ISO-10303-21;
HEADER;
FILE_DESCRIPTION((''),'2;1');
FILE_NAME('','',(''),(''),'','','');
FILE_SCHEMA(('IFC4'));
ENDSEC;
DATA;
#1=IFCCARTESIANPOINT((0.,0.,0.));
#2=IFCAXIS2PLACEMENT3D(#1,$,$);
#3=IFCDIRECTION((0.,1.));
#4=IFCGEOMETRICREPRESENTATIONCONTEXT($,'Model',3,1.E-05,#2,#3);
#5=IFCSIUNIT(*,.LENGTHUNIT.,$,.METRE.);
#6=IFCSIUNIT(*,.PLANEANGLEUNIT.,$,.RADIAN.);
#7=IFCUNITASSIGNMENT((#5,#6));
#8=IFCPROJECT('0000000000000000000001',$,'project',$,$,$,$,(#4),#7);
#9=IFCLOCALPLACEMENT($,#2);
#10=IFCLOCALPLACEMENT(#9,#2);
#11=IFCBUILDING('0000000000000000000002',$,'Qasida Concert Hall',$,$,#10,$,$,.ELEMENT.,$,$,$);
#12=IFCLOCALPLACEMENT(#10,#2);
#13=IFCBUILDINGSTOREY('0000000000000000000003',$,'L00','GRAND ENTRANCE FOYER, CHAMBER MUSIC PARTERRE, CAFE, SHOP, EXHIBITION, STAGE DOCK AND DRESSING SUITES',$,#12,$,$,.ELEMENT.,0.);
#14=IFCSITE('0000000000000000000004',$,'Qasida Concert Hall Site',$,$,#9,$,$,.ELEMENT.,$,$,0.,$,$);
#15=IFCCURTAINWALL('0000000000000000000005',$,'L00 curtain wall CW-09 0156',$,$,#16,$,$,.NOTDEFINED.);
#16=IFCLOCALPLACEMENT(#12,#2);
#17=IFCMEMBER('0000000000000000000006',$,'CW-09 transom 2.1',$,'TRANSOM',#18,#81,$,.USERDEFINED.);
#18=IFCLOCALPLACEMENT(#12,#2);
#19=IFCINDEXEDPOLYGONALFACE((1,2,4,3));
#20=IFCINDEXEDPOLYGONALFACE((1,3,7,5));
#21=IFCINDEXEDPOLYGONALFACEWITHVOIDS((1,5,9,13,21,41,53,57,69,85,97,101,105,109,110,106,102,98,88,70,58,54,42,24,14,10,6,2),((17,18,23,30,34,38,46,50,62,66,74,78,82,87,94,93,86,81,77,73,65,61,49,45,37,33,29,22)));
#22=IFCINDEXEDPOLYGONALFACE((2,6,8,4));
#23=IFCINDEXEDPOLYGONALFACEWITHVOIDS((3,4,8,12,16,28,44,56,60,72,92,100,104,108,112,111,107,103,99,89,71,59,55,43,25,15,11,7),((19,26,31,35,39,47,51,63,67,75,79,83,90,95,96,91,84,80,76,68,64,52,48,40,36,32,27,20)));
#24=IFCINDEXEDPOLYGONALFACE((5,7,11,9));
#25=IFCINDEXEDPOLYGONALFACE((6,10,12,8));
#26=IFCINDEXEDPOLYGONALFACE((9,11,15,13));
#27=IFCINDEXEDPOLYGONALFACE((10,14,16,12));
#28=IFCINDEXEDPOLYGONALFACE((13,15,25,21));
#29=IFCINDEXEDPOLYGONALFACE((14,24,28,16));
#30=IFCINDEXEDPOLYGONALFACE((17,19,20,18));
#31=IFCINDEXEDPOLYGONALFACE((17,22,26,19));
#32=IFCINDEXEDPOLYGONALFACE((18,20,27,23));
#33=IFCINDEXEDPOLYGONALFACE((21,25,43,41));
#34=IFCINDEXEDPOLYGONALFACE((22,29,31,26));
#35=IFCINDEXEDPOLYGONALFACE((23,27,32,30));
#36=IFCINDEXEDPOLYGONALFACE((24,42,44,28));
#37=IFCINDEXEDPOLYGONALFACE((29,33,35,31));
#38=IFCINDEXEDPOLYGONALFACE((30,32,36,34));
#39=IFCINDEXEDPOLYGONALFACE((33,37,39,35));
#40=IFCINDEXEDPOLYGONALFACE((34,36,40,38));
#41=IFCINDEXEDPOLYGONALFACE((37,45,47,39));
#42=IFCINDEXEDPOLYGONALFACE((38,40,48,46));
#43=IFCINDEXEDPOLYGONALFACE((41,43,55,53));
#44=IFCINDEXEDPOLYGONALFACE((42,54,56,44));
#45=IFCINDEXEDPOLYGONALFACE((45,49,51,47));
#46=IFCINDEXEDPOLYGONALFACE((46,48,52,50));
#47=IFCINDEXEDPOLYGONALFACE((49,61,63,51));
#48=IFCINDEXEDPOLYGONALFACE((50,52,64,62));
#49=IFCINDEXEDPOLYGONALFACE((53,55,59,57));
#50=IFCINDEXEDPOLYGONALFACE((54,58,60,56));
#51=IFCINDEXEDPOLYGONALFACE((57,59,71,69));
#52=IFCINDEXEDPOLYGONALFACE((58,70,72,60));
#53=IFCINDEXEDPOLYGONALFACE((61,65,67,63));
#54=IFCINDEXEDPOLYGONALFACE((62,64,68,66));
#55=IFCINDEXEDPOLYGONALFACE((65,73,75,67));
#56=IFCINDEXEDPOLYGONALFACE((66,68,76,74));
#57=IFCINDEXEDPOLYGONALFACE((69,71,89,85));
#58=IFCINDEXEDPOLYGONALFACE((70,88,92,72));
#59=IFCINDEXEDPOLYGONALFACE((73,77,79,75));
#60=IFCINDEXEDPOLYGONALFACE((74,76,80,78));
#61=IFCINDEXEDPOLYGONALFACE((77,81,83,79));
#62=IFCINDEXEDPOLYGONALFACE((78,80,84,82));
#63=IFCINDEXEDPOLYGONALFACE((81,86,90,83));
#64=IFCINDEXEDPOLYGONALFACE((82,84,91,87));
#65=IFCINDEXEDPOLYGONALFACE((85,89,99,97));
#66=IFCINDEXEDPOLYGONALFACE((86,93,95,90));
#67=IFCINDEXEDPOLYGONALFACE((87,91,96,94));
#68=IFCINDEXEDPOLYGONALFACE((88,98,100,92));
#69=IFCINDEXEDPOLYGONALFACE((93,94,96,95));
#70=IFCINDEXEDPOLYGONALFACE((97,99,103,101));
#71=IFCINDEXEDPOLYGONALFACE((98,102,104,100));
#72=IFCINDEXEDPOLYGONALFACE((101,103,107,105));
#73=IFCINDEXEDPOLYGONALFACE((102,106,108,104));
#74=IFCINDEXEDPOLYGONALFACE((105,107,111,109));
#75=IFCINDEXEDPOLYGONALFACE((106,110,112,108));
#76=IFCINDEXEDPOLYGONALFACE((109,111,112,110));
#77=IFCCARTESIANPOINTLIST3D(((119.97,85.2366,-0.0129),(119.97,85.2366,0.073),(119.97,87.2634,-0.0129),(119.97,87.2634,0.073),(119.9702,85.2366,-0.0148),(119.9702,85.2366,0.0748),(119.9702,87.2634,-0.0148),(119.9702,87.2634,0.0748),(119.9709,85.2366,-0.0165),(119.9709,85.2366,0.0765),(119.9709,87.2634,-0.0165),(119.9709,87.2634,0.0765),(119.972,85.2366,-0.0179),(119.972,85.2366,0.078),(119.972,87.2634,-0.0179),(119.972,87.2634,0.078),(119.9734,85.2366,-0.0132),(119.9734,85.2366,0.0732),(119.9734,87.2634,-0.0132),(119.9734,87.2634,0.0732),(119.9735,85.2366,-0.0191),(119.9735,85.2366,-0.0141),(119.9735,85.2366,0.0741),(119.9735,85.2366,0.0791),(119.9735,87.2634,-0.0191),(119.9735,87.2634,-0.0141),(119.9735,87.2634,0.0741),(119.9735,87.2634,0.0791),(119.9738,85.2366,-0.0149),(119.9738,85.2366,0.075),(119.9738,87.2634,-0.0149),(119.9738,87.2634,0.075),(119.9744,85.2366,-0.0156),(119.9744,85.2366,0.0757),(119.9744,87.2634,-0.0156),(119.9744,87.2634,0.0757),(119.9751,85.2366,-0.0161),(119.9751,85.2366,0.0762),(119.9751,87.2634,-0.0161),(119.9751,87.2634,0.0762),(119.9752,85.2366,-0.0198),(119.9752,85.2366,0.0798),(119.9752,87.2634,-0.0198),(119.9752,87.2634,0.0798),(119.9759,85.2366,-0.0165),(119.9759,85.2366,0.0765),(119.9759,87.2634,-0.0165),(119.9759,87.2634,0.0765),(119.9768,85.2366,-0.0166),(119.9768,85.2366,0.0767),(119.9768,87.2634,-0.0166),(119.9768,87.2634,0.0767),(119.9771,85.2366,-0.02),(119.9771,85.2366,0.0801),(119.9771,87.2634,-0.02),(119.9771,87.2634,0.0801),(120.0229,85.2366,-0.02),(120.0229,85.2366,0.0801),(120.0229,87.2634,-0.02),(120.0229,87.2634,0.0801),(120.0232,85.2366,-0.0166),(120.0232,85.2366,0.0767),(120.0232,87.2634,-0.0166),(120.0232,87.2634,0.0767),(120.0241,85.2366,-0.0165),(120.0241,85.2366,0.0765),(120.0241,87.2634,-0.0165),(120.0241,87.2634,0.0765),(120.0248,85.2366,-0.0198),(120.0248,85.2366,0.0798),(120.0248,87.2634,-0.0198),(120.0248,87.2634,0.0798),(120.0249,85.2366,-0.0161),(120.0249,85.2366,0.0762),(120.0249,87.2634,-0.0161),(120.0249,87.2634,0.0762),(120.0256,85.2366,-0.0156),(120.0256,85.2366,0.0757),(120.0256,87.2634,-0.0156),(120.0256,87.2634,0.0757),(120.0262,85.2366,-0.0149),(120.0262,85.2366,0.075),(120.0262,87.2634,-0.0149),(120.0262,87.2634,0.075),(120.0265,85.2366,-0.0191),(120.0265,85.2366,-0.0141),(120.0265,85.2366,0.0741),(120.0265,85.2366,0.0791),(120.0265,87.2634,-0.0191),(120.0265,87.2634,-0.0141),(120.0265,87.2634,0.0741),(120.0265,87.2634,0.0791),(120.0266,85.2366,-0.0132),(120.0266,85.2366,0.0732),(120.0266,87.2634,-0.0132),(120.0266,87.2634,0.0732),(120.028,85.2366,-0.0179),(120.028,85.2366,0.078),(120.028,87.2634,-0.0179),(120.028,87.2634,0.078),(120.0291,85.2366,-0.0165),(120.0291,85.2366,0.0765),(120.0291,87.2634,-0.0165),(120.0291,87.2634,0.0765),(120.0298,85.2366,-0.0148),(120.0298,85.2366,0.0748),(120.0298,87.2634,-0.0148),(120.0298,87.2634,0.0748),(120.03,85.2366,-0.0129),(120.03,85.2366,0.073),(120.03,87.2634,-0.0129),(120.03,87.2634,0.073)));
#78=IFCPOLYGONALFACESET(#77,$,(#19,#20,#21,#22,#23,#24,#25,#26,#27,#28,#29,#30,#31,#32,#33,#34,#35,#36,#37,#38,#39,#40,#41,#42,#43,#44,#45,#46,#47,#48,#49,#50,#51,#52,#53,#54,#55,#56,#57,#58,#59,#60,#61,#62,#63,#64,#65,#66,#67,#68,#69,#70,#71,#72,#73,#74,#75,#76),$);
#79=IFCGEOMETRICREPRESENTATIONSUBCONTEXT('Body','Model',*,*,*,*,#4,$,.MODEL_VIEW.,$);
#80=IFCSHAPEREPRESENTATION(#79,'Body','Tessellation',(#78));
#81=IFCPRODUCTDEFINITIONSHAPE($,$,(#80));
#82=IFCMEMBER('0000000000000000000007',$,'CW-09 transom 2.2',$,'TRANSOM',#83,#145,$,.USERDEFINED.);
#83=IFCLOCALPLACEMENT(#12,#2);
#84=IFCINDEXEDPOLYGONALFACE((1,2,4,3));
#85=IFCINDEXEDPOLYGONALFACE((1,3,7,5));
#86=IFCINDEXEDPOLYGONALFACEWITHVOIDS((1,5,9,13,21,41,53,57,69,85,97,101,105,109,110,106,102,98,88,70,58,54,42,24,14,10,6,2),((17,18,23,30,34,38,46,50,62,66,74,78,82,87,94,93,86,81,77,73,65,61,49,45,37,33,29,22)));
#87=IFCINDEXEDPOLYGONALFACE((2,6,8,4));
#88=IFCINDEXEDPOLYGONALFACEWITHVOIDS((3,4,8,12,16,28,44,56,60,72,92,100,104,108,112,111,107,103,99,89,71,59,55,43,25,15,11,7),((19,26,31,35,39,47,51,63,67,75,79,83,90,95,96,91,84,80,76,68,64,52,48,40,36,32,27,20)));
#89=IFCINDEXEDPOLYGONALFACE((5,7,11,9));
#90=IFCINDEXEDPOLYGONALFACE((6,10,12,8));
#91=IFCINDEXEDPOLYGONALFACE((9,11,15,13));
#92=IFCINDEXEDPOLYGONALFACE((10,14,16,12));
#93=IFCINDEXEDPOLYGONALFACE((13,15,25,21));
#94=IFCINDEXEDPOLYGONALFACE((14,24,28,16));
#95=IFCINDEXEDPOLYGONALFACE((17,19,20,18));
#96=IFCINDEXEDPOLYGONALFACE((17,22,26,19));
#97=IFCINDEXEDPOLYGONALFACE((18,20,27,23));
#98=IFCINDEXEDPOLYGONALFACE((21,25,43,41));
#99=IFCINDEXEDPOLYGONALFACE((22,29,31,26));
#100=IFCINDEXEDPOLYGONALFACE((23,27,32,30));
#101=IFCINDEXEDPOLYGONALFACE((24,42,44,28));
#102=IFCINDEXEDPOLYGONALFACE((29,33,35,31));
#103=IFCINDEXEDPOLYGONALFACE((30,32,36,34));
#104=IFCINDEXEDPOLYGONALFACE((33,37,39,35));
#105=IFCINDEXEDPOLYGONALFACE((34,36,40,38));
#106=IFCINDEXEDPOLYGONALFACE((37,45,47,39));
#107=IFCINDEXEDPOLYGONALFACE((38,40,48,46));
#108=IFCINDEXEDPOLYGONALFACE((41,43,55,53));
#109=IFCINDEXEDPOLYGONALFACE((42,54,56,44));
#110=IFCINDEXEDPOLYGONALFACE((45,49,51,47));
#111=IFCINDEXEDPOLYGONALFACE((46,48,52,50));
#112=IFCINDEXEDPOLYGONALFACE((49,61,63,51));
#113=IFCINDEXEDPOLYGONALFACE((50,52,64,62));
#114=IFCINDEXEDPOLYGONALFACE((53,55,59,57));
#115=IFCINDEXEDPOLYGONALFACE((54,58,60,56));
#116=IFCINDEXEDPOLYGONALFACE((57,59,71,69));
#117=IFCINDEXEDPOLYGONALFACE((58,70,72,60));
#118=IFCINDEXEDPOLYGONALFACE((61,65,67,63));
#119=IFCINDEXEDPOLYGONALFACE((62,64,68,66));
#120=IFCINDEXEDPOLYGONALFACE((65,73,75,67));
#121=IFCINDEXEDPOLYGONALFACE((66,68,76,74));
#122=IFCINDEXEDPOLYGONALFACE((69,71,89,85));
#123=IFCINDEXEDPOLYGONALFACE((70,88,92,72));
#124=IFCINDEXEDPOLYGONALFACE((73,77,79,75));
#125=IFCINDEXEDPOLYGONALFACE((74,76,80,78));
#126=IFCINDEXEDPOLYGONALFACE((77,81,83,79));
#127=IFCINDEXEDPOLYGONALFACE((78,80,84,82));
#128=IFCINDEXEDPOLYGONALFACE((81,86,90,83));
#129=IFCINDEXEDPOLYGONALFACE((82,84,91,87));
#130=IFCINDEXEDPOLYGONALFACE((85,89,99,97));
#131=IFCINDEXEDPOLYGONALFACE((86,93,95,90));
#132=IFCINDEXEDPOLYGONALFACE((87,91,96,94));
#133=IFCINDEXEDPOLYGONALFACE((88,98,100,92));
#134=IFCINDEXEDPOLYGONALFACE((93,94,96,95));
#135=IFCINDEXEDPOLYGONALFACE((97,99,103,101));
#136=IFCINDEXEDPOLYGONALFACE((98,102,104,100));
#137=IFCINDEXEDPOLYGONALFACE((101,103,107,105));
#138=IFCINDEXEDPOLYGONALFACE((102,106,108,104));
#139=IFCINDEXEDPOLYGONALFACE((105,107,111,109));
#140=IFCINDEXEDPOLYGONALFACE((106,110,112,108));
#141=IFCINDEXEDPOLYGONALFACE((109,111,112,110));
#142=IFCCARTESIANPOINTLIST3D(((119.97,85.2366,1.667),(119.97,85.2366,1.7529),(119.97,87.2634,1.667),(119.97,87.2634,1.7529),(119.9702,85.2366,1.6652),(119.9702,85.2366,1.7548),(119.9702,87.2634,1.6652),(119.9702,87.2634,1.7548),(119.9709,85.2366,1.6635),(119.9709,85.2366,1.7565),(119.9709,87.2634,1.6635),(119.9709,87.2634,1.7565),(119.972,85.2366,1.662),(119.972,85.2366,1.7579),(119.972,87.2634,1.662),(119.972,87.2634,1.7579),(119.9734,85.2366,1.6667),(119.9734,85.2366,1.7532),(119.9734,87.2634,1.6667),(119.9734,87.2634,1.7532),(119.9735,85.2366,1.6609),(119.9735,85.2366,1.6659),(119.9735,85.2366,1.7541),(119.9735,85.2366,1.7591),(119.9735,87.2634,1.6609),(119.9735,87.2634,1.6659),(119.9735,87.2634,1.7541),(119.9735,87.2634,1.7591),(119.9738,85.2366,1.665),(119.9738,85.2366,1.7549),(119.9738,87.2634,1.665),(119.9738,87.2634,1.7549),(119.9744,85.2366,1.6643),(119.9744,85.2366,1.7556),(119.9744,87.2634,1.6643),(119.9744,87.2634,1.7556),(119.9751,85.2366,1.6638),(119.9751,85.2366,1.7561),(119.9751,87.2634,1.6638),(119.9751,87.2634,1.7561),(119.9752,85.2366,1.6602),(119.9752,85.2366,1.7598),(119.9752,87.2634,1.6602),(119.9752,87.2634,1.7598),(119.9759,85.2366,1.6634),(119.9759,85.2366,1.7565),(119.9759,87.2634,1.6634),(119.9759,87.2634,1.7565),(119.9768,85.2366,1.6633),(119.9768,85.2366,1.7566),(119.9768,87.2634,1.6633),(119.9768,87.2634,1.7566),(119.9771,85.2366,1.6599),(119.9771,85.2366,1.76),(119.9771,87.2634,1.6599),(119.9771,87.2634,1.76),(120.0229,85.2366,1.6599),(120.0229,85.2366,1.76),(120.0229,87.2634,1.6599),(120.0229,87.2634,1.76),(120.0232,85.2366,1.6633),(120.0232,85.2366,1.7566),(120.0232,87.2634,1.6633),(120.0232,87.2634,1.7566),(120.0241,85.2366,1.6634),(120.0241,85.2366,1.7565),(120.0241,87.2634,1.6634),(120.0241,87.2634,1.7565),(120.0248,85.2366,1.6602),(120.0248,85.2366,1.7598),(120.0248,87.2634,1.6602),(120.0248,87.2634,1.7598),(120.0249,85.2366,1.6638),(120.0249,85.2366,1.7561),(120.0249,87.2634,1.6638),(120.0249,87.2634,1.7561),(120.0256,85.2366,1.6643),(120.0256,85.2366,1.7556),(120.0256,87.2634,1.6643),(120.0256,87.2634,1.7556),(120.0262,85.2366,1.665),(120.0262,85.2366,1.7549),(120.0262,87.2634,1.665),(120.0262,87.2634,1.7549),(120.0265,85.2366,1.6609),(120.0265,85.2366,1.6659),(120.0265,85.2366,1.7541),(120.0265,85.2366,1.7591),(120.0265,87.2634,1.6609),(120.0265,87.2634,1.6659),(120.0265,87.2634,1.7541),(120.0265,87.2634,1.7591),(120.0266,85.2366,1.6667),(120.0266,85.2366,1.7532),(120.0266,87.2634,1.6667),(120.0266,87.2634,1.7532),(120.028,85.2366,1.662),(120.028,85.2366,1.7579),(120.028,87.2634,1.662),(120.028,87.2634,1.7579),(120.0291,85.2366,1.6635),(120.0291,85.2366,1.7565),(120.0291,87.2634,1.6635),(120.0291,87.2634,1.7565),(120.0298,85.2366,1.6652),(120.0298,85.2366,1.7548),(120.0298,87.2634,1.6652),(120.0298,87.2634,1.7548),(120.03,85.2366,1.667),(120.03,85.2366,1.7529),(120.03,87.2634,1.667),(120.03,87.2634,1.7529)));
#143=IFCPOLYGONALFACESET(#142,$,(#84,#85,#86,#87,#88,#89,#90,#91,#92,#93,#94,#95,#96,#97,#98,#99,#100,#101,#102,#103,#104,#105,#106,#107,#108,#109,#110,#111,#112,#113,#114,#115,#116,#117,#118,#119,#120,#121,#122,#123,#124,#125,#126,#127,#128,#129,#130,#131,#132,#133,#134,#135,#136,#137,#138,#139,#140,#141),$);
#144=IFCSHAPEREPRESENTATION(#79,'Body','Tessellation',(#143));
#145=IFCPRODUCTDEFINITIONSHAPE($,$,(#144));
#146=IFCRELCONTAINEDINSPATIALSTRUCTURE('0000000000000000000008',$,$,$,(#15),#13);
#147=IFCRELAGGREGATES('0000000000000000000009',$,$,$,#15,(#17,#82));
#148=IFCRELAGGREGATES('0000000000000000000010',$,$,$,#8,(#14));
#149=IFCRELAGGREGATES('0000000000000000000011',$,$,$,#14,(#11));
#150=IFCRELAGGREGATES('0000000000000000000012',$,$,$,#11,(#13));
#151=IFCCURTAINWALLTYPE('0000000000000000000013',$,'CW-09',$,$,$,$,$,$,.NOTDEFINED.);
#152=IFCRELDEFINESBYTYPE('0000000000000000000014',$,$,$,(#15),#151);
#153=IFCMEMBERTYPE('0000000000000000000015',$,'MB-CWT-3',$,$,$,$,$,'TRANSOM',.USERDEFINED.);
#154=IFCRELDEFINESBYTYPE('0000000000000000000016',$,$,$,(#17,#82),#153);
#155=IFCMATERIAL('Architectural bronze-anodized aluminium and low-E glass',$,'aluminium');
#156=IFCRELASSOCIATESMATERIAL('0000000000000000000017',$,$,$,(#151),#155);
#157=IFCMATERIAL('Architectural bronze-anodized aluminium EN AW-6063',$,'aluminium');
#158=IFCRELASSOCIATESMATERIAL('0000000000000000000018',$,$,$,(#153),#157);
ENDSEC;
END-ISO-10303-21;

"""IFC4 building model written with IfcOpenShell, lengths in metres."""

from ifc_helpers import new_model, si_unit, direction, frame, origin, origin_2d, place, context, subcontext, project, spatial, hollow_rectangle, extrude, material, material_profile, profile_set, type_object, element, aggregate, save


model = new_model("IFC4")

# Units and contexts
model_context = context("Model", 3, precision=1e-05, world=origin(), true_north=direction((0.0, 1.0)))
body_context = subcontext(model_context, "Body", "Model", "MODEL_VIEW")
ifc_project = project(units=[si_unit("LENGTHUNIT", "METRE"), si_unit("PLANEANGLEUNIT", "RADIAN")], contexts=[model_context])

# Site, building, storey
site_placement = place(None, origin())
site = spatial("IfcSite", under=ifc_project, at=site_placement, Name="Qasida Concert Hall Site", CompositionType="ELEMENT", RefElevation=0.0)
building_placement = place(site_placement, origin())
building = spatial("IfcBuilding", under=site, at=building_placement, Name="Qasida Concert Hall", CompositionType="ELEMENT")
storey_placement = place(building_placement, origin())
storey = spatial("IfcBuildingStorey", under=building, at=storey_placement, Name="L00", Description="GRAND ENTRANCE FOYER, CHAMBER MUSIC PARTERRE, CAFE, SHOP, EXHIBITION, STAGE DOCK AND DRESSING SUITES", CompositionType="ELEMENT", Elevation=0.0)

# Curtain wall, members
ifc_material_1 = material(Name="Architectural bronze-anodized aluminium and low-E glass", Category="aluminium")
curtain_wall_type = type_object("IfcCurtainWallType", Name="CW-09", PredefinedType="NOTDEFINED", material=ifc_material_1)
curtain_wall_placement = place(storey_placement, origin())
curtain_wall = element("IfcCurtainWall", 1, at=curtain_wall_placement, inside=storey, type_object=curtain_wall_type, Name="L00 curtain wall CW-09 0156", PredefinedType="NOTDEFINED")
ifc_material_2 = material(Name="Architectural bronze-anodized aluminium EN AW-6063", Category="aluminium")
ifc_material_profile_1 = material_profile(ifc_material_2, hollow_rectangle(XDim=0.0601, YDim=0.1001, WallThickness=0.0034, InnerFilletRadius=0.0034, OuterFilletRadius=0.0071, at=origin_2d()), Name="CWT 100x60x3.5")
ifc_profile_set_1 = profile_set([ifc_material_profile_1], Name="Architectural bronze-anodized aluminium EN AW-6063")
member_type_1 = type_object("IfcMemberType", Name="MB-CWT-3", ElementType="TRANSOM", PredefinedType="USERDEFINED", material=ifc_profile_set_1)
member_1_placement = place(storey_placement, frame((120.0, 85.2366, 0.03), z_axis=(0.0, 1.0, 0.0), x_axis=(-1.0, 0.0, 0.0)))
member_1 = element("IfcMember", 2, at=member_1_placement, type_object=member_type_1, Name="CW-09 transom 2.1", ObjectType="TRANSOM", PredefinedType="USERDEFINED", context=body_context, shape_type="SweptSolid", body=[
    extrude(hollow_rectangle(XDim=0.0601, YDim=0.1001, WallThickness=0.0034, InnerFilletRadius=0.0034, OuterFilletRadius=0.0071, at=origin_2d()), origin(), (0.0, 0.0, 1.0), 2.0269),
])
member_2_placement = place(storey_placement, frame((120.0, 85.2366, 1.71), z_axis=(0.0, 1.0, 0.0), x_axis=(-1.0, 0.0, 0.0)))
member_2 = element("IfcMember", 3, at=member_2_placement, type_object=member_type_1, Name="CW-09 transom 2.2", ObjectType="TRANSOM", PredefinedType="USERDEFINED", context=body_context, shape_type="SweptSolid", body=[
    extrude(hollow_rectangle(XDim=0.0601, YDim=0.1001, WallThickness=0.0034, InnerFilletRadius=0.0034, OuterFilletRadius=0.0071, at=origin_2d()), origin(), (0.0, 0.0, 1.0), 2.0269),
])
aggregate(curtain_wall, [member_1, member_2])

save(model, "model.ifc")
